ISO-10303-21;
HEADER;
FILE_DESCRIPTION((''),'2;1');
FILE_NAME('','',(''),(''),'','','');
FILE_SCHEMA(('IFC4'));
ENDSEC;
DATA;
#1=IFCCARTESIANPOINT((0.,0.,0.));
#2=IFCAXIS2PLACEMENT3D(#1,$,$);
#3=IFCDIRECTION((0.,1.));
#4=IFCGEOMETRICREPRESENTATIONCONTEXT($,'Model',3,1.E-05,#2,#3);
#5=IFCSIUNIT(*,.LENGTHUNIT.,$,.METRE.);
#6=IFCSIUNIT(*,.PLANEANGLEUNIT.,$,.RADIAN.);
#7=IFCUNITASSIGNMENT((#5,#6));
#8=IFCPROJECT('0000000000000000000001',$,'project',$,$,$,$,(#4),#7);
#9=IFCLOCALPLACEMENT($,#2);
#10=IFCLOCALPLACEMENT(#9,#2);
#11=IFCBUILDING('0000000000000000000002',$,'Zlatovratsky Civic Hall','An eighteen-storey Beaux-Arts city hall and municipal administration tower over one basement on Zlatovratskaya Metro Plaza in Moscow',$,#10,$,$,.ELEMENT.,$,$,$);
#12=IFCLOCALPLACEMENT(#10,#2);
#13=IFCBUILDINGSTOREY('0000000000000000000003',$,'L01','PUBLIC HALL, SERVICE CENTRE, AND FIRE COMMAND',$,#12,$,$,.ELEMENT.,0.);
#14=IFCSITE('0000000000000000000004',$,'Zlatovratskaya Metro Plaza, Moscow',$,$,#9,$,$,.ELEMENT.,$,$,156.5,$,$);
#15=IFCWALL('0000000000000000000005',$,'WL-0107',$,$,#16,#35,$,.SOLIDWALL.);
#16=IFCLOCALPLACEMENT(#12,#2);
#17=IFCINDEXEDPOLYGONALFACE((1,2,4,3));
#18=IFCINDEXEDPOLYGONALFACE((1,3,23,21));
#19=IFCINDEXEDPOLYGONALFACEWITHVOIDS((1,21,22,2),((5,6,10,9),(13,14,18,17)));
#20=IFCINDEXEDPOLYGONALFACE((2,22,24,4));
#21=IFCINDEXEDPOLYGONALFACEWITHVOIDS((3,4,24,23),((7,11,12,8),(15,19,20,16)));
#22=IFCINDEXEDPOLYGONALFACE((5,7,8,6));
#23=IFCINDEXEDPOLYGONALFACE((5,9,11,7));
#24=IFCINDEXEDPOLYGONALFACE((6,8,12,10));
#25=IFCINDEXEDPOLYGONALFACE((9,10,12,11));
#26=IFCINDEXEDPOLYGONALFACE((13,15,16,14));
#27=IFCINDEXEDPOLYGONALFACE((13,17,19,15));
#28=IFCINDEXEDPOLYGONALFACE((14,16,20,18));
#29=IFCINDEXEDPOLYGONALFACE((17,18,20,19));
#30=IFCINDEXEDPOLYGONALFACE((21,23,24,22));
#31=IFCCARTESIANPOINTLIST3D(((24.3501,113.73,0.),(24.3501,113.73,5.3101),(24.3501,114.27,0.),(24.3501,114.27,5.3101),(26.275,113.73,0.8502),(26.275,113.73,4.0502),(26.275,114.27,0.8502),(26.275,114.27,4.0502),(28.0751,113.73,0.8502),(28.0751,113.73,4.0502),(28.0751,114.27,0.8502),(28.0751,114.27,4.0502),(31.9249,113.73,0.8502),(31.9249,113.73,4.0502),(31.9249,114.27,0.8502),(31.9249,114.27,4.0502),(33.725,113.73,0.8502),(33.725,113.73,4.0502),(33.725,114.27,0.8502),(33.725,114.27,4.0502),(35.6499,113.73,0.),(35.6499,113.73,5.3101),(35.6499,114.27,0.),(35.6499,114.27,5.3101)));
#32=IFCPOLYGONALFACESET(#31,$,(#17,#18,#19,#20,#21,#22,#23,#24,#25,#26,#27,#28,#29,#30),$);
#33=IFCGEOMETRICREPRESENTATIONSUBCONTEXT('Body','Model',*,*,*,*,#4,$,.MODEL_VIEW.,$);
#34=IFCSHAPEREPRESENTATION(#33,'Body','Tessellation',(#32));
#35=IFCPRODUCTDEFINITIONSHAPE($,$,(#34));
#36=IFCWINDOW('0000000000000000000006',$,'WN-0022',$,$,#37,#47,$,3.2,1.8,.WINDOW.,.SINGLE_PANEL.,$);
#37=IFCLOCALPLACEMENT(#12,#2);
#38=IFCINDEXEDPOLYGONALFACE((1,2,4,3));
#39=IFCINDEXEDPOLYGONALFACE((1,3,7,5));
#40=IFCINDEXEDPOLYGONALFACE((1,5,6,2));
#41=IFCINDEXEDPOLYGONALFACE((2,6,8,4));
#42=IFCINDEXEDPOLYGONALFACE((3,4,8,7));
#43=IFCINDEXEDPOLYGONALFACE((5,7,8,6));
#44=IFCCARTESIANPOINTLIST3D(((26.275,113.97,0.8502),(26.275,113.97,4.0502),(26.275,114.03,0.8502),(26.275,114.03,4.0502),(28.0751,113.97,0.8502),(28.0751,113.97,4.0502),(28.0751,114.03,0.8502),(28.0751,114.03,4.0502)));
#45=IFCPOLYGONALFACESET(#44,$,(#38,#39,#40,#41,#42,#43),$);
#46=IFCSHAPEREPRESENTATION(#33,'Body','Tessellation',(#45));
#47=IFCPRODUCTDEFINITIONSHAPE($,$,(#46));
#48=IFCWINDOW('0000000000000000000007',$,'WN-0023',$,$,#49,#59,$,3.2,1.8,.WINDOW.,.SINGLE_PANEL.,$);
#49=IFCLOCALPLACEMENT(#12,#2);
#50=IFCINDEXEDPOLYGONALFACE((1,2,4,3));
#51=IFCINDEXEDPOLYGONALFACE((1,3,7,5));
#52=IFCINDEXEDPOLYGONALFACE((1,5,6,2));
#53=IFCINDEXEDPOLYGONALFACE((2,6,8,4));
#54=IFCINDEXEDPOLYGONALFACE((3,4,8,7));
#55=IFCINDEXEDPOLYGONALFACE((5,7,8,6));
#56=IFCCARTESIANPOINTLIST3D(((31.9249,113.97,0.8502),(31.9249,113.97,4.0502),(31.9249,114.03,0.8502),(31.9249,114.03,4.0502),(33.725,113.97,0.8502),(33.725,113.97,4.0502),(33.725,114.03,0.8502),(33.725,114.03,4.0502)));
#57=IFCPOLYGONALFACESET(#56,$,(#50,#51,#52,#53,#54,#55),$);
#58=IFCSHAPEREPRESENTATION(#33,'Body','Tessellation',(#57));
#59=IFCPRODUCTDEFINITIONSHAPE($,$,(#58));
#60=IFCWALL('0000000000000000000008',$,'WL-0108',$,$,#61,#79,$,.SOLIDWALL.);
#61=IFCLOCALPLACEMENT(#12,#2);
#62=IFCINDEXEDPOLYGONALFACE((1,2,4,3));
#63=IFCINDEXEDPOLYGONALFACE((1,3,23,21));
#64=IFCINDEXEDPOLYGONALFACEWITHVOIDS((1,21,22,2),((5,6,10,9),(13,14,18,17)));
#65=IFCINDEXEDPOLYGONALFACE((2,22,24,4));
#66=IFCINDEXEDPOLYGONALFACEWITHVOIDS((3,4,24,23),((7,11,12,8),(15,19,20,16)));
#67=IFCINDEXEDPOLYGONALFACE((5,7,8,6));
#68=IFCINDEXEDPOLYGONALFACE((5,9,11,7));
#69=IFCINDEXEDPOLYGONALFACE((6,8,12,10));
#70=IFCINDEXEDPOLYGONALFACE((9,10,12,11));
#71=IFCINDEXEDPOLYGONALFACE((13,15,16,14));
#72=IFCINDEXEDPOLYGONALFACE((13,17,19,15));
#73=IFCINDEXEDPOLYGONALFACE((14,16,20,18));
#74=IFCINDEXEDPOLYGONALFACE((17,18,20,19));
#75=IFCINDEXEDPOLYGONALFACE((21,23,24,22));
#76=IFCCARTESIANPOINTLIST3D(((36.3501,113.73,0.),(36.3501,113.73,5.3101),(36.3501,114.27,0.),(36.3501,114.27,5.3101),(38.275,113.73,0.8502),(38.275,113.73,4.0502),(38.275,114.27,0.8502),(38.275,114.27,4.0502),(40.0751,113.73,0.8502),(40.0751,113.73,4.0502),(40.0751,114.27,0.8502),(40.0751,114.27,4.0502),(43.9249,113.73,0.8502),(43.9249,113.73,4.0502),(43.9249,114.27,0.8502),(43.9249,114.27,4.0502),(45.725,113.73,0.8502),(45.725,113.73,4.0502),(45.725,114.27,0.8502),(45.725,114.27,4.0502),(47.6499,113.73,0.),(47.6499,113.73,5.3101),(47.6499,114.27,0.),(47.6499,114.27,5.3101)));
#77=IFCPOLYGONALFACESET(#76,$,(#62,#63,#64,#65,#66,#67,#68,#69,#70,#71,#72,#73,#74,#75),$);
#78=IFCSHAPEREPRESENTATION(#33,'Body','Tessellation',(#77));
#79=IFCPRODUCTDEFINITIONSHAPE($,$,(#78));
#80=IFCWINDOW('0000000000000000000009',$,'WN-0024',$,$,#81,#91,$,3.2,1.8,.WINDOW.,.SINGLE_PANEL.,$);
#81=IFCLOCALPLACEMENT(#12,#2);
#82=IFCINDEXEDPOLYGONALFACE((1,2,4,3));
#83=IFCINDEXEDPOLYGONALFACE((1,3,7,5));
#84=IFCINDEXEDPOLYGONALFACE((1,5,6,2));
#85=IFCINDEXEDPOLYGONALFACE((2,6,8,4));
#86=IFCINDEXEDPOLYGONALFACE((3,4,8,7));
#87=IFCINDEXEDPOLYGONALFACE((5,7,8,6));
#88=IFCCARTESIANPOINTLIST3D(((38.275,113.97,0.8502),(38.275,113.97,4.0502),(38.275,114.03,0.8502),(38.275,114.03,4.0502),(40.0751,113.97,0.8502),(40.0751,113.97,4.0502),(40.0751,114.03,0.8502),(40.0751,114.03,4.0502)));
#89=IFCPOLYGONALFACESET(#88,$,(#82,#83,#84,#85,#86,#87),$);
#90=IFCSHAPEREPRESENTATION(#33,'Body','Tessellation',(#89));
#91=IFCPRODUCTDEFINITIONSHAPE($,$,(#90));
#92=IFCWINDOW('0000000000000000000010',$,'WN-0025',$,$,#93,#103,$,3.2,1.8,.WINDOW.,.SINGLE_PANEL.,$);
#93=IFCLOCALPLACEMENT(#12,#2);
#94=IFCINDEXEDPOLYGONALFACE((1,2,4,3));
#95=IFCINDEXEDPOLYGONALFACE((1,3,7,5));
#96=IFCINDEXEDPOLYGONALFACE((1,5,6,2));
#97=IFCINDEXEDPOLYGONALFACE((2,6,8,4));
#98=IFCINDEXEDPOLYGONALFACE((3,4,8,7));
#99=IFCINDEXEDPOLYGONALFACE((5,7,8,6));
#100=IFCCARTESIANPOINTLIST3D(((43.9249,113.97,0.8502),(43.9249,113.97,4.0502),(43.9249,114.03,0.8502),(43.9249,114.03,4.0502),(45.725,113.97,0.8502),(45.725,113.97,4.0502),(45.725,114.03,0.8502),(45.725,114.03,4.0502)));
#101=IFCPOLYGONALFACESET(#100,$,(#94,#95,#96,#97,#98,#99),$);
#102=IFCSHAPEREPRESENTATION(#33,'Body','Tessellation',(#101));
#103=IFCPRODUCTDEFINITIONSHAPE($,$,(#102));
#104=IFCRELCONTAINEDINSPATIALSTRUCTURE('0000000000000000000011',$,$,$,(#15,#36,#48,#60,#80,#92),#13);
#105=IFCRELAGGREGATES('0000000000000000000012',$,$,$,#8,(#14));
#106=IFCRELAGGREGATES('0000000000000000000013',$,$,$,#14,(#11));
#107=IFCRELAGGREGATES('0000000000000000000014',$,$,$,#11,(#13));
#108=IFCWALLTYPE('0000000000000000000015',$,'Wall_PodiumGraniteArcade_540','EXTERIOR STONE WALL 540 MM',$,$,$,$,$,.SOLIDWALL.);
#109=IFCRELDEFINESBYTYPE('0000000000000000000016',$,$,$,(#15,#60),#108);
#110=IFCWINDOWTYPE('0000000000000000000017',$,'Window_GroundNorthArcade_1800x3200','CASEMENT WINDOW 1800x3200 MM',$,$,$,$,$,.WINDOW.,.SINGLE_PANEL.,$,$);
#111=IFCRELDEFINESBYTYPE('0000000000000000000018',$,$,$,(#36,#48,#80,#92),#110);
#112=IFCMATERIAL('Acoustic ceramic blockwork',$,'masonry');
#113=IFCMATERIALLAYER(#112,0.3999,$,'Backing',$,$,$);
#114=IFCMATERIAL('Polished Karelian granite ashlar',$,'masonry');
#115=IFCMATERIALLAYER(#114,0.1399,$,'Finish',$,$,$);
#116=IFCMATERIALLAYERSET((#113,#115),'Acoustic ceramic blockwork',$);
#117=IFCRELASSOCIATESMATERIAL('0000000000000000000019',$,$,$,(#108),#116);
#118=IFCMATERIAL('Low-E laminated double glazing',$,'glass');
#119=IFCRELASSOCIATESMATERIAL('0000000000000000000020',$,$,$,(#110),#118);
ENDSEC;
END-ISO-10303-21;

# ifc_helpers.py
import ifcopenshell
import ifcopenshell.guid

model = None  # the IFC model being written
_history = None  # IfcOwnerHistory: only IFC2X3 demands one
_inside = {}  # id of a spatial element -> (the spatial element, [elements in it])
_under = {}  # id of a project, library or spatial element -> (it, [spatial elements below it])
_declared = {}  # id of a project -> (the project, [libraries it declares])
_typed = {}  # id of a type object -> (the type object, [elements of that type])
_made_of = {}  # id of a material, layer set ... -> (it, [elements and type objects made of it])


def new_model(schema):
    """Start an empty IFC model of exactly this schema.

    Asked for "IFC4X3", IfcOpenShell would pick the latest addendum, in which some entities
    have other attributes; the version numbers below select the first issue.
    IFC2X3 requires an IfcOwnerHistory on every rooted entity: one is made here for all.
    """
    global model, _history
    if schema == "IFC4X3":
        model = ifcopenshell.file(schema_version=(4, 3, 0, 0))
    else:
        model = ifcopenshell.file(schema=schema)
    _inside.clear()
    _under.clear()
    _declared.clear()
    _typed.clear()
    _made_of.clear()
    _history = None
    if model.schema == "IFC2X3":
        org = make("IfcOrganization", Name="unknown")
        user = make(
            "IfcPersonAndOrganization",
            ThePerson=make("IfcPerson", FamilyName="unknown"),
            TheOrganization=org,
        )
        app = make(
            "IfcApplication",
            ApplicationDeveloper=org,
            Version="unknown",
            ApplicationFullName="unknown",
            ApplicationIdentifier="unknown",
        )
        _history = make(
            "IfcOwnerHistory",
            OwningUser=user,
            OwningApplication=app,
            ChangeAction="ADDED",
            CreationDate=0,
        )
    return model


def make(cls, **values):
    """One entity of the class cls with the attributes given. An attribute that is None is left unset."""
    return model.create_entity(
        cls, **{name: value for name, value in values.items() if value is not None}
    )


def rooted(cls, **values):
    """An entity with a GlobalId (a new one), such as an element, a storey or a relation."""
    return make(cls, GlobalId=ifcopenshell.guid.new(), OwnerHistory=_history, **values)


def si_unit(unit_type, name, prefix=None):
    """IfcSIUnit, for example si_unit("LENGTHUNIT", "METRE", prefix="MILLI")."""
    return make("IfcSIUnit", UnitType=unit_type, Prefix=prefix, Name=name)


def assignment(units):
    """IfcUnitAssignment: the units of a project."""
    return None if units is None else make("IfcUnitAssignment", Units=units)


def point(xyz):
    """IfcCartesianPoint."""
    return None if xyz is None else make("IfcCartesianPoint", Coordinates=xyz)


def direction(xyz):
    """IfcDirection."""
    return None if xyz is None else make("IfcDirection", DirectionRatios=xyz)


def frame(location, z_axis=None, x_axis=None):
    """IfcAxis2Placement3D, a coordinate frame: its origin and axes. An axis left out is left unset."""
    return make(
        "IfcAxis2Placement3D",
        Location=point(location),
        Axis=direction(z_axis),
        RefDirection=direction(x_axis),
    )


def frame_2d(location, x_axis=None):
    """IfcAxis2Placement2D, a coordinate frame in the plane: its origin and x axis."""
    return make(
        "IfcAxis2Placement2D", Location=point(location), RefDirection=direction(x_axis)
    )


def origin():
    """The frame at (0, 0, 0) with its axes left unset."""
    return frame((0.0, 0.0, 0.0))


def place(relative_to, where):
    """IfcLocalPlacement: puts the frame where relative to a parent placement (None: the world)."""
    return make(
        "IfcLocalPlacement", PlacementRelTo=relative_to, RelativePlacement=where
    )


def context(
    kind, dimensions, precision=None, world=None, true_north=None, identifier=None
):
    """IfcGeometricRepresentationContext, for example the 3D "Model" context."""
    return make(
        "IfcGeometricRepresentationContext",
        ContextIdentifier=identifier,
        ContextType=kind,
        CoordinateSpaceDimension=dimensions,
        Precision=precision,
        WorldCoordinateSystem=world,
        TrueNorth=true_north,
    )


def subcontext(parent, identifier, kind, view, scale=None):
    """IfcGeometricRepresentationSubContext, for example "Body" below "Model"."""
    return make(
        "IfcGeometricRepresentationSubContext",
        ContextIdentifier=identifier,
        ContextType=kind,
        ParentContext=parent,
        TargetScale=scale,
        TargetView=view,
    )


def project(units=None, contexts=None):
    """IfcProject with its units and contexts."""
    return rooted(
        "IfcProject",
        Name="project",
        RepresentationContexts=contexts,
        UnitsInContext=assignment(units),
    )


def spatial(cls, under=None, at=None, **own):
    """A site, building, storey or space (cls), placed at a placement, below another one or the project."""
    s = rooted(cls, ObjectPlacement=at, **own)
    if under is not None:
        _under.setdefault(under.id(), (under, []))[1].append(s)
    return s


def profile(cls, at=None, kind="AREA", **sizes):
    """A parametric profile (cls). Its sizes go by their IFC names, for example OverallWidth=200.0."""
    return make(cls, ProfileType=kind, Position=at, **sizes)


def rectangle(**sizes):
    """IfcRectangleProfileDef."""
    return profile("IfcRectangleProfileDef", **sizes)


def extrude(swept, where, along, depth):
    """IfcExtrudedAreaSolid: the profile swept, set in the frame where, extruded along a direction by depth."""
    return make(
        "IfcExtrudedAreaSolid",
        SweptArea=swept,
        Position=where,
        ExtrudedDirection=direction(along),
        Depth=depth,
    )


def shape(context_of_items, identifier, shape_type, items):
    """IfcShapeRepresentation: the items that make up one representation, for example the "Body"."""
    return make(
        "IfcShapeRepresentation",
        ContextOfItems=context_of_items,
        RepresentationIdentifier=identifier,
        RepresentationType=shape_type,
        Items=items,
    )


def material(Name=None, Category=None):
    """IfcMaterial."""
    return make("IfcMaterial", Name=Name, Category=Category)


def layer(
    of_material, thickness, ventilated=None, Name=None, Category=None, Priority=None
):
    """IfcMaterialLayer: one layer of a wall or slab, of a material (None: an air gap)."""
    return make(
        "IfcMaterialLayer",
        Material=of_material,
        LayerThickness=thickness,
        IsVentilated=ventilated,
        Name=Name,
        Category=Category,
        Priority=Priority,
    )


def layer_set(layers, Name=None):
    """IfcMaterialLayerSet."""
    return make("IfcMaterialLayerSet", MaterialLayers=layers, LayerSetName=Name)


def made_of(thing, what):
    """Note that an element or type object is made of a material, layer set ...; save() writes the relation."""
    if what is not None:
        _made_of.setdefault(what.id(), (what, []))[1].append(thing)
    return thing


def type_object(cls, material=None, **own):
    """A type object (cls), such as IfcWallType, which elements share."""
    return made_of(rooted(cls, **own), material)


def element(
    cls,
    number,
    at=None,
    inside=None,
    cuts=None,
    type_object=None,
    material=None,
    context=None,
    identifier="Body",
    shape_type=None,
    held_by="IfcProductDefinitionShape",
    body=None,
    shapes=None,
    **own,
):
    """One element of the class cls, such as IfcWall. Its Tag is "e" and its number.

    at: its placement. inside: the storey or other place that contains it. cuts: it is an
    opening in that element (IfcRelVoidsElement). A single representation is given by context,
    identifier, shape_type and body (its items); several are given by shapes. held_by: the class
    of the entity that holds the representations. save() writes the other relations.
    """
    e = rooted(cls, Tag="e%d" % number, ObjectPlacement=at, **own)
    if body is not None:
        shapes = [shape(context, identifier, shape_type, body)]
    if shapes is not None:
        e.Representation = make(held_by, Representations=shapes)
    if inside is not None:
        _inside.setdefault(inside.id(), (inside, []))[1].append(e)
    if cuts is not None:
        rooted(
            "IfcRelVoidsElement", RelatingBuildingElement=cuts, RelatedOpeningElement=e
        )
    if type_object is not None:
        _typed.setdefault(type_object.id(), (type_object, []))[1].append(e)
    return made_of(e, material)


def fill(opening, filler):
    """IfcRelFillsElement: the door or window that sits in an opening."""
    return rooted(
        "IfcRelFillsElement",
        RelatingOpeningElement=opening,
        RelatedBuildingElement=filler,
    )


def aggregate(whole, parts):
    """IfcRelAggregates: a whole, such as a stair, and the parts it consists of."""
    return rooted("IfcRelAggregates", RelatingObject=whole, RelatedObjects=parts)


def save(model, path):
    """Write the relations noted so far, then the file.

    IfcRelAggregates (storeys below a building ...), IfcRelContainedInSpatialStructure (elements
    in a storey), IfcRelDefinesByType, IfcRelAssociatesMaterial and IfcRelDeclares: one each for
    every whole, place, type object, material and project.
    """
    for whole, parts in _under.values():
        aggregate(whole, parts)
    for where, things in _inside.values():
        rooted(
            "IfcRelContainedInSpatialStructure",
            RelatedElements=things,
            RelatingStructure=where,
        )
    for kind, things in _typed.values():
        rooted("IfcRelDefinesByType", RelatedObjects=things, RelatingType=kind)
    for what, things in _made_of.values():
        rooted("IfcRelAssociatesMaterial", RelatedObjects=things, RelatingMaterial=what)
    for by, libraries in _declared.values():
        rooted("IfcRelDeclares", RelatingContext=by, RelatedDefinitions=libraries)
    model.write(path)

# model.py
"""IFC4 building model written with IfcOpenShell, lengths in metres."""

from ifc_helpers import new_model, si_unit, direction, frame, frame_2d, origin, place, context, subcontext, project, spatial, rectangle, extrude, material, layer, layer_set, type_object, element, fill, save


model = new_model("IFC4")

# Units and contexts
model_context = context("Model", 3, precision=1e-05, world=origin(), true_north=direction((0.0, 1.0)))
body_context = subcontext(model_context, "Body", "Model", "MODEL_VIEW")
ifc_project = project(units=[si_unit("LENGTHUNIT", "METRE"), si_unit("PLANEANGLEUNIT", "RADIAN")], contexts=[model_context])

# Site, building, storey
site_placement = place(None, origin())
site = spatial("IfcSite", under=ifc_project, at=site_placement, Name="Zlatovratskaya Metro Plaza, Moscow", CompositionType="ELEMENT", RefElevation=156.5)
building_placement = place(site_placement, origin())
building = spatial("IfcBuilding", under=site, at=building_placement, Name="Zlatovratsky Civic Hall", Description="An eighteen-storey Beaux-Arts city hall and municipal administration tower over one basement on Zlatovratskaya Metro Plaza in Moscow", CompositionType="ELEMENT")
storey_placement = place(building_placement, origin())
storey = spatial("IfcBuildingStorey", under=building, at=storey_placement, Name="L01", Description="PUBLIC HALL, SERVICE CENTRE, AND FIRE COMMAND", CompositionType="ELEMENT", Elevation=0.0)

# Walls, openings, windows
ifc_material_1 = material(Name="Acoustic ceramic blockwork", Category="masonry")
ifc_layer_1 = layer(ifc_material_1, 0.3999, Name="Backing")
ifc_material_2 = material(Name="Polished Karelian granite ashlar", Category="masonry")
ifc_layer_2 = layer(ifc_material_2, 0.1399, Name="Finish")
ifc_layer_set = layer_set([ifc_layer_1, ifc_layer_2], Name="Acoustic ceramic blockwork")
wall_type = type_object("IfcWallType", Name="Wall_PodiumGraniteArcade_540", Description="EXTERIOR STONE WALL 540 MM", PredefinedType="SOLIDWALL", material=ifc_layer_set)
wall_1_placement = place(storey_placement, frame((24.3501, 114.0, 0.0), z_axis=(0.0, 0.0, 1.0), x_axis=(1.0, 0.0, 0.0)))
wall_1 = element("IfcWall", 1, at=wall_1_placement, inside=storey, type_object=wall_type, Name="WL-0107", PredefinedType="SOLIDWALL", context=body_context, shape_type="SweptSolid", body=[
    extrude(rectangle(XDim=11.2998, YDim=0.54, at=frame_2d((5.6499, 0.0))), origin(), (0.0, 0.0, 1.0), 5.3101),
])
opening_1_placement = place(wall_1_placement, frame((1.925, 0.0, 0.8501)))
opening_1 = element("IfcOpeningElement", 2, at=opening_1_placement, cuts=wall_1, PredefinedType="OPENING", context=body_context, shape_type="SweptSolid", body=[
    extrude(rectangle(XDim=1.8, YDim=3.2, at=frame_2d((0.8999, 1.6001))), frame((0.0, 0.2849, 0.0), z_axis=(0.0, -1.0, 0.0), x_axis=(1.0, 0.0, 0.0)), (0.0, 0.0, 1.0), 0.5698),
])
opening_2_placement = place(wall_1_placement, frame((7.575, 0.0, 0.8501)))
opening_2 = element("IfcOpeningElement", 3, at=opening_2_placement, cuts=wall_1, PredefinedType="OPENING", context=body_context, shape_type="SweptSolid", body=[
    extrude(rectangle(XDim=1.8, YDim=3.2, at=frame_2d((0.8999, 1.6001))), frame((0.0, 0.2849, 0.0), z_axis=(0.0, -1.0, 0.0), x_axis=(1.0, 0.0, 0.0)), (0.0, 0.0, 1.0), 0.5698),
])
ifc_material_3 = material(Name="Low-E laminated double glazing", Category="glass")
window_type = type_object("IfcWindowType", Name="Window_GroundNorthArcade_1800x3200", Description="CASEMENT WINDOW 1800x3200 MM", PartitioningType="SINGLE_PANEL", PredefinedType="WINDOW", material=ifc_material_3)
window_1_placement = place(opening_1_placement, origin())
window_1 = element("IfcWindow", 4, at=window_1_placement, inside=storey, type_object=window_type, Name="WN-0022", OverallHeight=3.2, OverallWidth=1.8, PartitioningType="SINGLE_PANEL", PredefinedType="WINDOW", context=body_context, shape_type="SweptSolid", body=[
    extrude(rectangle(XDim=1.8, YDim=3.2, at=frame_2d((0.8999, 1.6001))), frame((0.0, 0.03, 0.0), z_axis=(0.0, -1.0, 0.0), x_axis=(1.0, 0.0, 0.0)), (0.0, 0.0, 1.0), 0.0601),
])
fill(opening_1, window_1)
window_2_placement = place(opening_2_placement, origin())
window_2 = element("IfcWindow", 5, at=window_2_placement, inside=storey, type_object=window_type, Name="WN-0023", OverallHeight=3.2, OverallWidth=1.8, PartitioningType="SINGLE_PANEL", PredefinedType="WINDOW", context=body_context, shape_type="SweptSolid", body=[
    extrude(rectangle(XDim=1.8, YDim=3.2, at=frame_2d((0.8999, 1.6001))), frame((0.0, 0.03, 0.0), z_axis=(0.0, -1.0, 0.0), x_axis=(1.0, 0.0, 0.0)), (0.0, 0.0, 1.0), 0.0601),
])
fill(opening_2, window_2)
wall_2_placement = place(storey_placement, frame((36.3501, 114.0, 0.0), z_axis=(0.0, 0.0, 1.0), x_axis=(1.0, 0.0, 0.0)))
wall_2 = element("IfcWall", 6, at=wall_2_placement, inside=storey, type_object=wall_type, Name="WL-0108", PredefinedType="SOLIDWALL", context=body_context, shape_type="SweptSolid", body=[
    extrude(rectangle(XDim=11.2998, YDim=0.54, at=frame_2d((5.6499, 0.0))), origin(), (0.0, 0.0, 1.0), 5.3101),
])
opening_3_placement = place(wall_2_placement, frame((1.925, 0.0, 0.8501)))
opening_3 = element("IfcOpeningElement", 7, at=opening_3_placement, cuts=wall_2, PredefinedType="OPENING", context=body_context, shape_type="SweptSolid", body=[
    extrude(rectangle(XDim=1.8, YDim=3.2, at=frame_2d((0.8999, 1.6001))), frame((0.0, 0.2849, 0.0), z_axis=(0.0, -1.0, 0.0), x_axis=(1.0, 0.0, 0.0)), (0.0, 0.0, 1.0), 0.5698),
])
opening_4_placement = place(wall_2_placement, frame((7.575, 0.0, 0.8501)))
opening_4 = element("IfcOpeningElement", 8, at=opening_4_placement, cuts=wall_2, PredefinedType="OPENING", context=body_context, shape_type="SweptSolid", body=[
    extrude(rectangle(XDim=1.8, YDim=3.2, at=frame_2d((0.8999, 1.6001))), frame((0.0, 0.2849, 0.0), z_axis=(0.0, -1.0, 0.0), x_axis=(1.0, 0.0, 0.0)), (0.0, 0.0, 1.0), 0.5698),
])
window_3_placement = place(opening_3_placement, origin())
window_3 = element("IfcWindow", 9, at=window_3_placement, inside=storey, type_object=window_type, Name="WN-0024", OverallHeight=3.2, OverallWidth=1.8, PartitioningType="SINGLE_PANEL", PredefinedType="WINDOW", context=body_context, shape_type="SweptSolid", body=[
    extrude(rectangle(XDim=1.8, YDim=3.2, at=frame_2d((0.8999, 1.6001))), frame((0.0, 0.03, 0.0), z_axis=(0.0, -1.0, 0.0), x_axis=(1.0, 0.0, 0.0)), (0.0, 0.0, 1.0), 0.0601),
])
fill(opening_3, window_3)
window_4_placement = place(opening_4_placement, origin())
window_4 = element("IfcWindow", 10, at=window_4_placement, inside=storey, type_object=window_type, Name="WN-0025", OverallHeight=3.2, OverallWidth=1.8, PartitioningType="SINGLE_PANEL", PredefinedType="WINDOW", context=body_context, shape_type="SweptSolid", body=[
    extrude(rectangle(XDim=1.8, YDim=3.2, at=frame_2d((0.8999, 1.6001))), frame((0.0, 0.03, 0.0), z_axis=(0.0, -1.0, 0.0), x_axis=(1.0, 0.0, 0.0)), (0.0, 0.0, 1.0), 0.0601),
])
fill(opening_4, window_4)

save(model, "model.ifc")
